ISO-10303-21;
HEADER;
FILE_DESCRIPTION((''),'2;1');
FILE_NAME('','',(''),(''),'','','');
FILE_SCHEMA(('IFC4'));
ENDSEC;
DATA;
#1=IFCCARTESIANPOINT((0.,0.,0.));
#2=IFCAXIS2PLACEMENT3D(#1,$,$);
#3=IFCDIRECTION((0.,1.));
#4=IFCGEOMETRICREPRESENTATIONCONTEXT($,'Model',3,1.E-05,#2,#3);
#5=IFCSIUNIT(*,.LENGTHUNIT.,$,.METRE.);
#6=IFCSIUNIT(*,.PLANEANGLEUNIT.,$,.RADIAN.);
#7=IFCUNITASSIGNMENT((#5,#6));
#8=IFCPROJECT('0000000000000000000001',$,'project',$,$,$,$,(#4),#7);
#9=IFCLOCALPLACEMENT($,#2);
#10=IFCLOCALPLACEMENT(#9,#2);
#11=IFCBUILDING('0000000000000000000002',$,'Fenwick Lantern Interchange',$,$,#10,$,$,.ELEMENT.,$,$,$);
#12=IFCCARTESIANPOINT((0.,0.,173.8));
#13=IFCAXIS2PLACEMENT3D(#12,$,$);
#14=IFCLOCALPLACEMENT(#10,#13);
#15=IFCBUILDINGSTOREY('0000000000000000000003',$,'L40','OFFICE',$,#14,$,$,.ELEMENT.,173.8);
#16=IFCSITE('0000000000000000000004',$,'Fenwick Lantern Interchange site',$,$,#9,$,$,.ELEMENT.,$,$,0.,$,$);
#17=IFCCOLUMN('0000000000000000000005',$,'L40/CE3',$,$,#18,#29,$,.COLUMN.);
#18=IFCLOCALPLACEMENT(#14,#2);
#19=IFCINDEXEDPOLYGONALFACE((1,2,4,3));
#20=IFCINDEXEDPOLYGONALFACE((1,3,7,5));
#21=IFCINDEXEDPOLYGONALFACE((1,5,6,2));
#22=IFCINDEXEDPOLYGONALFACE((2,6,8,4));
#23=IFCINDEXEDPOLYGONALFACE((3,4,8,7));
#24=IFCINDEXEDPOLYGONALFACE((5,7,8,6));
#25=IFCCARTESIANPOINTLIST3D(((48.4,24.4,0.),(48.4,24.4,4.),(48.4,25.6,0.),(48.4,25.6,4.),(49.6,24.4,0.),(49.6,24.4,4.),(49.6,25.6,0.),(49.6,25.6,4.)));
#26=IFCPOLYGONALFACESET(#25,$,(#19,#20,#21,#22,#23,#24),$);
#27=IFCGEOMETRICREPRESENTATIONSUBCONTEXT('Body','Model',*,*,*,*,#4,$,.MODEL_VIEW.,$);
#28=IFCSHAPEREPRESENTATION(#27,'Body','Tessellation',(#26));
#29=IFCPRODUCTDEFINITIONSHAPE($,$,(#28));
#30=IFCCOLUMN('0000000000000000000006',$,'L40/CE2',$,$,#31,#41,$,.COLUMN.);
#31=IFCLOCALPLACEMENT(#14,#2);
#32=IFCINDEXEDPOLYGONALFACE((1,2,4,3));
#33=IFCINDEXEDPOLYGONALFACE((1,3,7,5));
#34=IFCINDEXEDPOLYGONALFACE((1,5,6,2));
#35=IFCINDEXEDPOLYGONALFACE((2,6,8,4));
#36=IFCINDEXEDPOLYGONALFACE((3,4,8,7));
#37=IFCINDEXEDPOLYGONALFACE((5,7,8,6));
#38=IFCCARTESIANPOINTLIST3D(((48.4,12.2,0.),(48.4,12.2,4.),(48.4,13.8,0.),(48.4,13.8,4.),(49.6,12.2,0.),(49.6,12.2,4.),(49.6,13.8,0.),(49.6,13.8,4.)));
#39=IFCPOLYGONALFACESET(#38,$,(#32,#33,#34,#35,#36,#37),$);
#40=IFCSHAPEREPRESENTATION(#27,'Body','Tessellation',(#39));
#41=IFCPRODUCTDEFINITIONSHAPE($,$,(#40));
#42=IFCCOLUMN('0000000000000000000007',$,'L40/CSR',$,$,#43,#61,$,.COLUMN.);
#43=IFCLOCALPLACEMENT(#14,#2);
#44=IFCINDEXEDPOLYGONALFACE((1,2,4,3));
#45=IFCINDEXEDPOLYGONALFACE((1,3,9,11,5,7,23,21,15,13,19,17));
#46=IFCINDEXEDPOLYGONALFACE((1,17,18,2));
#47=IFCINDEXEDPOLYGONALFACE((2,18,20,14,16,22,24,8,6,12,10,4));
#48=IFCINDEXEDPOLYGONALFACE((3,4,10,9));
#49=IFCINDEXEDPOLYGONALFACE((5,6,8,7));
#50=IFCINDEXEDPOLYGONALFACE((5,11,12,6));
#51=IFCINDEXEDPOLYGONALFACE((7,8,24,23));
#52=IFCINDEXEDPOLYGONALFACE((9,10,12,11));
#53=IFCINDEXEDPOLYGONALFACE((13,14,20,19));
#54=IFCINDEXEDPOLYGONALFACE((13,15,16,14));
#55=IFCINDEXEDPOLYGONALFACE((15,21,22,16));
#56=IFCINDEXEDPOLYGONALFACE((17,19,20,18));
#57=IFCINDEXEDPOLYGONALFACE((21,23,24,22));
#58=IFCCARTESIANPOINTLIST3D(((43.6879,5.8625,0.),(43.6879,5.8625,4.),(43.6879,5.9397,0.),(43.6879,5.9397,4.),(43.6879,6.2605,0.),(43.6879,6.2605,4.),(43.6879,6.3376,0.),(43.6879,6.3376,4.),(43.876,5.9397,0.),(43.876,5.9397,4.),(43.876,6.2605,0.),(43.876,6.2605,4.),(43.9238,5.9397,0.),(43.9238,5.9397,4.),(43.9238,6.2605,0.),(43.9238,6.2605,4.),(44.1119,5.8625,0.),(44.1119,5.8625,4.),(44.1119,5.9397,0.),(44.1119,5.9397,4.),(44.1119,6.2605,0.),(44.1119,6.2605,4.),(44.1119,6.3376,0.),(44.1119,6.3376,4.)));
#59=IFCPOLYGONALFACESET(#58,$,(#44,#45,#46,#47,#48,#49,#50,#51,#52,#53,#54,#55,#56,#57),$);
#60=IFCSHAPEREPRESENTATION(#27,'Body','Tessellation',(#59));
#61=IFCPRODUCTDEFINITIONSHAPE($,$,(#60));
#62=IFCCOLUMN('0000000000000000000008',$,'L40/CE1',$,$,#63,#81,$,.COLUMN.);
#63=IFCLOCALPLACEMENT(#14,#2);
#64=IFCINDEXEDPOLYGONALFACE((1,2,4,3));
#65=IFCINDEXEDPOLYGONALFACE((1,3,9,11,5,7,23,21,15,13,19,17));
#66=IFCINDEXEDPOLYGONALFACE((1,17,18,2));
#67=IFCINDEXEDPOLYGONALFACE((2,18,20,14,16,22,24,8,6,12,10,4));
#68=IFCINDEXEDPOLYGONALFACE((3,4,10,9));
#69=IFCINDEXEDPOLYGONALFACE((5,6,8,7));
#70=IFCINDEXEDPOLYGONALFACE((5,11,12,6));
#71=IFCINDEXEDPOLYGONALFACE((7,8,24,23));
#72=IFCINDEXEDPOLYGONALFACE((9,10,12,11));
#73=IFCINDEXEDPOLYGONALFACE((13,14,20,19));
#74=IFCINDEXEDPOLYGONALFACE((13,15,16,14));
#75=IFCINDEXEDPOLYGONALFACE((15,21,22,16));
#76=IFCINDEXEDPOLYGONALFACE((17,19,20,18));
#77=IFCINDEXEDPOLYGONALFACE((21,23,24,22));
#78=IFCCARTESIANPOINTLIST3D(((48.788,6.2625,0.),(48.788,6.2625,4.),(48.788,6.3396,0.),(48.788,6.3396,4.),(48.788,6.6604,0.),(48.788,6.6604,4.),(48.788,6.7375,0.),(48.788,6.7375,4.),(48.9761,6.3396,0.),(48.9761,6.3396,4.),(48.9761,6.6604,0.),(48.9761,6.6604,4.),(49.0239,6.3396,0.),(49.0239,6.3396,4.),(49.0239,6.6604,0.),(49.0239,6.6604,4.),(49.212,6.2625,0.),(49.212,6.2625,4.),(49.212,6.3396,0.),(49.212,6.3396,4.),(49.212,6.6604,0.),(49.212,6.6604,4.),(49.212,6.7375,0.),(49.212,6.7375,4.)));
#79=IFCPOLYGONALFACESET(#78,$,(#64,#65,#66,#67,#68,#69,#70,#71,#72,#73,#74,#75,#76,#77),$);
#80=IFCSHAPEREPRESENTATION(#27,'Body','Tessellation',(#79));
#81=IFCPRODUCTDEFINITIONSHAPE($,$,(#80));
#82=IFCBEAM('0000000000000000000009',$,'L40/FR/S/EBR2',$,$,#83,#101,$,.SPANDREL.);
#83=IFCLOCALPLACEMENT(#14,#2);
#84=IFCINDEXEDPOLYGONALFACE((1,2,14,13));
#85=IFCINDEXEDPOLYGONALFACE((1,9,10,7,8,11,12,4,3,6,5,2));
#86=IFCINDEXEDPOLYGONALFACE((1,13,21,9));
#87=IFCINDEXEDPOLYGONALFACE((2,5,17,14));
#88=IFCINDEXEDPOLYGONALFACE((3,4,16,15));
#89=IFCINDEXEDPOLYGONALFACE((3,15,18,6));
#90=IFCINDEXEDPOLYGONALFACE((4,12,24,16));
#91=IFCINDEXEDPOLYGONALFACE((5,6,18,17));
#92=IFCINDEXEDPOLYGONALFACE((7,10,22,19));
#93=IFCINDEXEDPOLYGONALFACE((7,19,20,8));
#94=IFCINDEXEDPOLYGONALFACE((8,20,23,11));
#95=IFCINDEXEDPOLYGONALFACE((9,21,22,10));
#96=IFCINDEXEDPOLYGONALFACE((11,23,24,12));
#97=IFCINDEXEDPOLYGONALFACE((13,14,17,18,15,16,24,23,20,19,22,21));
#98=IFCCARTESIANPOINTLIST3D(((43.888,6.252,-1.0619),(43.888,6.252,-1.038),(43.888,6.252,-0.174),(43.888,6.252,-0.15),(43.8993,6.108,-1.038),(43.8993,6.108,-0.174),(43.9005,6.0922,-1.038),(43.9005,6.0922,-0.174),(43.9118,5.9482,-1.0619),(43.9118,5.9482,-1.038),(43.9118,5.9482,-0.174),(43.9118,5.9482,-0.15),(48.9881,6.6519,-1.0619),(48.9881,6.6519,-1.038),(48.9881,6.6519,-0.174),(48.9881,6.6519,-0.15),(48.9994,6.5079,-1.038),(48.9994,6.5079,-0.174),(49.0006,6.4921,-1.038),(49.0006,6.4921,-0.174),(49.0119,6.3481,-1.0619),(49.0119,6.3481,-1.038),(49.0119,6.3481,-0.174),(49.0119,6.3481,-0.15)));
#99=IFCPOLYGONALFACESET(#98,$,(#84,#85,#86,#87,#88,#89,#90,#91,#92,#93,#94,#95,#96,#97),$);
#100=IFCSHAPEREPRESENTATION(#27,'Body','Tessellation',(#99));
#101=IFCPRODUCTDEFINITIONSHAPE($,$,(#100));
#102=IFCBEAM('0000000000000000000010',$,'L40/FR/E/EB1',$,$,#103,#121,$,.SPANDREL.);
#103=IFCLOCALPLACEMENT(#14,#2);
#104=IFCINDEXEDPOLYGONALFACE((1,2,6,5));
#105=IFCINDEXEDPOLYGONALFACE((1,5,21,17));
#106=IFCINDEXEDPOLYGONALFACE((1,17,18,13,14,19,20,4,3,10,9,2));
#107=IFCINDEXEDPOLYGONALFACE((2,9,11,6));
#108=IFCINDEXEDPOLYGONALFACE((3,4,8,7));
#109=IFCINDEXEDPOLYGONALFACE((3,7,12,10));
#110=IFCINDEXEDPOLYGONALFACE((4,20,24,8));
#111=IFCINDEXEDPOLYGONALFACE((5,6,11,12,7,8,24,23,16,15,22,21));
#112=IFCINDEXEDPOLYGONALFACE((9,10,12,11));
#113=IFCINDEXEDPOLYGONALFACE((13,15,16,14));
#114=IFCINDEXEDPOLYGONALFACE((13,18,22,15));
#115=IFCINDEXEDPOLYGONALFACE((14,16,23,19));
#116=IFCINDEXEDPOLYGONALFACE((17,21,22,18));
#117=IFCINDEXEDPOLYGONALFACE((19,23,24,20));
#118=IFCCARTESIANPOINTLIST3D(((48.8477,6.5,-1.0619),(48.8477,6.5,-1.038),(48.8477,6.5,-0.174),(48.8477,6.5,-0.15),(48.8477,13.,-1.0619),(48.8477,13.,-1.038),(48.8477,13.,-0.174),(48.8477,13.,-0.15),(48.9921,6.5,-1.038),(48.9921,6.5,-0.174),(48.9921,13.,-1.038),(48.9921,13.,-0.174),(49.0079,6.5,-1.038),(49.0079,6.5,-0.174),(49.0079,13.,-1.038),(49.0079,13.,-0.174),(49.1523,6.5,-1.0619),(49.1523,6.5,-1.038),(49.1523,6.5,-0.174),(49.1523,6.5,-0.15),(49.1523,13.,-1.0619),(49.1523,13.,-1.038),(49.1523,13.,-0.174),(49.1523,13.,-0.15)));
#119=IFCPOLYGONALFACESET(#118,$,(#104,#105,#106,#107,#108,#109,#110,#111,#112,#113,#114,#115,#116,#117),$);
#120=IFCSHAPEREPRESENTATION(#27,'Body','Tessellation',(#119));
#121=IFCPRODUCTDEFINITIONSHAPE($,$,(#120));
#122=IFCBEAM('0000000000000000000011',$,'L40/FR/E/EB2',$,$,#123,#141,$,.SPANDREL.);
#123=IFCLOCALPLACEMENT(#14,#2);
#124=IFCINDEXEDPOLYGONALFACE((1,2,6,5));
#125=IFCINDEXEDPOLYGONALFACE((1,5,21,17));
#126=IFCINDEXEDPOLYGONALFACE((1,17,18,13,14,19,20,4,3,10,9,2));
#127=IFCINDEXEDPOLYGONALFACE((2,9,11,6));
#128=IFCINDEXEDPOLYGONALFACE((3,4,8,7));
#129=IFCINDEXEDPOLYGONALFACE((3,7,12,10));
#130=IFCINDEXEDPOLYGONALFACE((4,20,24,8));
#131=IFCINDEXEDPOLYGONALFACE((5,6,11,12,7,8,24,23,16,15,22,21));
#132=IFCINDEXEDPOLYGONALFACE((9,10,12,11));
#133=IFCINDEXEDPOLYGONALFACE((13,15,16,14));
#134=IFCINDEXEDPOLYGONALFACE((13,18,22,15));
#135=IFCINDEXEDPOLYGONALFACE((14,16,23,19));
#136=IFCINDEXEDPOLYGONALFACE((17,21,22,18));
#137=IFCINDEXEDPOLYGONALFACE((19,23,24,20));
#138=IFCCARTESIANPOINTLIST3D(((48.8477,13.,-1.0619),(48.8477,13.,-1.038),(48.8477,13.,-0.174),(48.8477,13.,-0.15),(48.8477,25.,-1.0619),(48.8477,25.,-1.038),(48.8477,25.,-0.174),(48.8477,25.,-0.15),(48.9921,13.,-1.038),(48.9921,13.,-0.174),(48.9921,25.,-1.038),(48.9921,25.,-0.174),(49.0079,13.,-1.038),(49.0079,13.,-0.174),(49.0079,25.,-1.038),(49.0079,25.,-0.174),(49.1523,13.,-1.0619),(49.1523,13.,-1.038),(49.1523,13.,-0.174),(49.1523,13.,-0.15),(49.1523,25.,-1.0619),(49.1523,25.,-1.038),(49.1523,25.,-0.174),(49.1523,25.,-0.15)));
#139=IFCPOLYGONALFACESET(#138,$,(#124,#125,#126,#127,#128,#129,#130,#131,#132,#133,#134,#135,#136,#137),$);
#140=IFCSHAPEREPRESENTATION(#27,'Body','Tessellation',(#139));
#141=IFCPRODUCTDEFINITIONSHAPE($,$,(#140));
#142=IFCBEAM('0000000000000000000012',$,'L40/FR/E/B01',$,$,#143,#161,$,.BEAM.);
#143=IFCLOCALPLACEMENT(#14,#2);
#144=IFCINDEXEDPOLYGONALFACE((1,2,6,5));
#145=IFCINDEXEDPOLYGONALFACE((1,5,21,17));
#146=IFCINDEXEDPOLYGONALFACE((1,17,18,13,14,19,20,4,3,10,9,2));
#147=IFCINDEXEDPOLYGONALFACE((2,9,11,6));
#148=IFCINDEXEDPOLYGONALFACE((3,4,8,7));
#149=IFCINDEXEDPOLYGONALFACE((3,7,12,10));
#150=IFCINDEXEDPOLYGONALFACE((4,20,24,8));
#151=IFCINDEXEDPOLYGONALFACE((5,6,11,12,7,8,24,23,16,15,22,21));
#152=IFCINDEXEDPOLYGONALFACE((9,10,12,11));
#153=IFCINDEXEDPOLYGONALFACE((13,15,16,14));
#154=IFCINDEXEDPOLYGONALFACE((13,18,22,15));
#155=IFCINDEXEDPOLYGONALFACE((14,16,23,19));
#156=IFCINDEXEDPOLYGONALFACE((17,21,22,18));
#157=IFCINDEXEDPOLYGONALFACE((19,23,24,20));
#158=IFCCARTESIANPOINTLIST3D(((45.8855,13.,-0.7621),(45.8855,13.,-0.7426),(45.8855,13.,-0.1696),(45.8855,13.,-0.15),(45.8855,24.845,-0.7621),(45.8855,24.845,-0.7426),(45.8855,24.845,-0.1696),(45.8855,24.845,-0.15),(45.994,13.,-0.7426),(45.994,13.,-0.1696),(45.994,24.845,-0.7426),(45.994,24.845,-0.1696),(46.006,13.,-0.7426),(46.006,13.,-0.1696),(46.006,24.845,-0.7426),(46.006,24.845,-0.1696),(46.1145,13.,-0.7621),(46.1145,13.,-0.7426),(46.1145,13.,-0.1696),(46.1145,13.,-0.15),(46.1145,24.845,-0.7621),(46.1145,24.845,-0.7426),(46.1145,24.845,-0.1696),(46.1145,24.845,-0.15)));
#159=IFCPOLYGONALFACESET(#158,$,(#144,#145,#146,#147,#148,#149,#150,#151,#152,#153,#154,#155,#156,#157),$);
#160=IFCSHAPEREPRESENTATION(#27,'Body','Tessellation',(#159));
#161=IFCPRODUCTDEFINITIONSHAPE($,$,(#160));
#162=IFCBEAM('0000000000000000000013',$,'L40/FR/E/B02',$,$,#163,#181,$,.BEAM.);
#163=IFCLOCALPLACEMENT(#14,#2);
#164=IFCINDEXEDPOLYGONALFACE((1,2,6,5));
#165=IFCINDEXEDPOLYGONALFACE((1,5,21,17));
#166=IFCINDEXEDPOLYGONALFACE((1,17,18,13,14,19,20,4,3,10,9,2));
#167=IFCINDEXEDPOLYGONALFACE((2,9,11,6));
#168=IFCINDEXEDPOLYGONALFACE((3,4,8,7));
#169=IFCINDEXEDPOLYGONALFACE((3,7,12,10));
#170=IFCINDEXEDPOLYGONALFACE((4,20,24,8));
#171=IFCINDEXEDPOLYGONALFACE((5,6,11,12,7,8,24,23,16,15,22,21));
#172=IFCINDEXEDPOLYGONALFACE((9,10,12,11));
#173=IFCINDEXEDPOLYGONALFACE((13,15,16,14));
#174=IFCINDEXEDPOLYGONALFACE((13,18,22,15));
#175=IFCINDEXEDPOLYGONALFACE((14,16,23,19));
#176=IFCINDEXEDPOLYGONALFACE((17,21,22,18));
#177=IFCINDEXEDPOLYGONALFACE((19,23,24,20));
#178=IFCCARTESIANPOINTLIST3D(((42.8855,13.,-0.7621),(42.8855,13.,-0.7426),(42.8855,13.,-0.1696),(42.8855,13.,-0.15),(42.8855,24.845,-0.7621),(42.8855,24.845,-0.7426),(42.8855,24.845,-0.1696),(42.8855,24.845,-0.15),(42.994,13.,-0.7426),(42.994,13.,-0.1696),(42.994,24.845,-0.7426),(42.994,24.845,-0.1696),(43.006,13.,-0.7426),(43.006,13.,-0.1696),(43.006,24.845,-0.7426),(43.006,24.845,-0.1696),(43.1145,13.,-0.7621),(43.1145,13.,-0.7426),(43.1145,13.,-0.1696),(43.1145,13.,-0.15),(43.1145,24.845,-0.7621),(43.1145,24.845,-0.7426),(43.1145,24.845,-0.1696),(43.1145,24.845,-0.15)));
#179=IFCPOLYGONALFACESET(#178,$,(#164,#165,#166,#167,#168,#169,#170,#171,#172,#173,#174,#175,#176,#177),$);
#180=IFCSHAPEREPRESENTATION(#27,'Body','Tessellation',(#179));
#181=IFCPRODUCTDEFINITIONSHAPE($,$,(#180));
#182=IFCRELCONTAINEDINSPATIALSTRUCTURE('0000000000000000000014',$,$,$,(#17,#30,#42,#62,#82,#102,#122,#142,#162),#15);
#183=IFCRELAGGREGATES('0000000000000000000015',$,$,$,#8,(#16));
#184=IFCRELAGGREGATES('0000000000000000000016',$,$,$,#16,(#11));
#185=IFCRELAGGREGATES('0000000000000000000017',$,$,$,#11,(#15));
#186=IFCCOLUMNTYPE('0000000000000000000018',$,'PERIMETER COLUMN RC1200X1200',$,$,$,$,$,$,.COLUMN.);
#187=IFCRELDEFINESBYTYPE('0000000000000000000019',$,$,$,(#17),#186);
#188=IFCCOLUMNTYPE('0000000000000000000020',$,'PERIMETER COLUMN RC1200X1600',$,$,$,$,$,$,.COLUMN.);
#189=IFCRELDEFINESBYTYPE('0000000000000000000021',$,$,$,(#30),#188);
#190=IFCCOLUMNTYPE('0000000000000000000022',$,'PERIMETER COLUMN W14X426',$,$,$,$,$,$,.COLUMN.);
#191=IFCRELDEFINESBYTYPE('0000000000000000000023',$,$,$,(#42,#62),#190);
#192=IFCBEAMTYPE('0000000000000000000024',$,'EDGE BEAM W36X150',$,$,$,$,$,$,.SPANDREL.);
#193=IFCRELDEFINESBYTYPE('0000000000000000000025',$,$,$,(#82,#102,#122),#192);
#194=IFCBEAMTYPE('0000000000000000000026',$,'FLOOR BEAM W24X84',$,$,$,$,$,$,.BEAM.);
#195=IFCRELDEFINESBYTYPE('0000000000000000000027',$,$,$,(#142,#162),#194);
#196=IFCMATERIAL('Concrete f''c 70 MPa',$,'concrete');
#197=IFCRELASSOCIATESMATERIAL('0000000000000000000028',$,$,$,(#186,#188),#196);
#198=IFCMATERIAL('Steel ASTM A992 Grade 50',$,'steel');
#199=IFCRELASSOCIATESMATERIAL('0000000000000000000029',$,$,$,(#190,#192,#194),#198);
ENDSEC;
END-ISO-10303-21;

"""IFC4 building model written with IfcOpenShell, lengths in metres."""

from ifc_helpers import new_model, si_unit, direction, frame, origin, origin_2d, place, context, subcontext, project, spatial, rectangle, i_section, extrude, material, material_profile, profile_set, type_object, element, save


model = new_model("IFC4")

# Units and contexts
model_context = context("Model", 3, precision=1e-05, world=origin(), true_north=direction((0.0, 1.0)))
body_context = subcontext(model_context, "Body", "Model", "MODEL_VIEW")
ifc_project = project(units=[si_unit("LENGTHUNIT", "METRE"), si_unit("PLANEANGLEUNIT", "RADIAN")], contexts=[model_context])

# Site, building, storey
site_placement = place(None, origin())
site = spatial("IfcSite", under=ifc_project, at=site_placement, Name="Fenwick Lantern Interchange site", CompositionType="ELEMENT", RefElevation=0.0)
building_placement = place(site_placement, origin())
building = spatial("IfcBuilding", under=site, at=building_placement, Name="Fenwick Lantern Interchange", CompositionType="ELEMENT")
storey_placement = place(building_placement, frame((0.0, 0.0, 173.8)))
storey = spatial("IfcBuildingStorey", under=building, at=storey_placement, Name="L40", Description="OFFICE", CompositionType="ELEMENT", Elevation=173.8)

# Columns
ifc_material_1 = material(Name="Concrete f'c 70 MPa", Category="concrete")
ifc_material_profile_1 = material_profile(ifc_material_1, rectangle(XDim=1.2, YDim=1.2, at=origin_2d()), Name="RC1200X1200")
ifc_profile_set_1 = profile_set([ifc_material_profile_1], Name="Concrete f'c 70 MPa")
column_type_1 = type_object("IfcColumnType", Name="PERIMETER COLUMN RC1200X1200", PredefinedType="COLUMN", material=ifc_profile_set_1)
column_1_placement = place(storey_placement, frame((49.0, 25.0, 0.0), z_axis=(0.0, 0.0, 1.0), x_axis=(1.0, 0.0, 0.0)))
element("IfcColumn", 1, at=column_1_placement, inside=storey, type_object=column_type_1, Name="L40/CE3", PredefinedType="COLUMN", context=body_context, shape_type="SweptSolid", body=[
    extrude(rectangle(XDim=1.2, YDim=1.2, at=origin_2d()), origin(), (0.0, 0.0, 1.0), 4.0),
])
ifc_material_profile_2 = material_profile(ifc_material_1, rectangle(XDim=1.2, YDim=1.6001, at=origin_2d()), Name="RC1200X1600")
ifc_profile_set_2 = profile_set([ifc_material_profile_2], Name="Concrete f'c 70 MPa")
column_type_2 = type_object("IfcColumnType", Name="PERIMETER COLUMN RC1200X1600", PredefinedType="COLUMN", material=ifc_profile_set_2)
column_2_placement = place(storey_placement, frame((49.0, 13.0, 0.0), z_axis=(0.0, 0.0, 1.0), x_axis=(1.0, 0.0, 0.0)))
element("IfcColumn", 2, at=column_2_placement, inside=storey, type_object=column_type_2, Name="L40/CE2", PredefinedType="COLUMN", context=body_context, shape_type="SweptSolid", body=[
    extrude(rectangle(XDim=1.2, YDim=1.6001, at=origin_2d()), origin(), (0.0, 0.0, 1.0), 4.0),
])
ifc_material_2 = material(Name="Steel ASTM A992 Grade 50", Category="steel")
ifc_material_profile_3 = material_profile(ifc_material_2, i_section(OverallWidth=0.4241, OverallDepth=0.4751, WebThickness=0.0479, FlangeThickness=0.0771, at=origin_2d()), Name="W14X426")
ifc_profile_set_3 = profile_set([ifc_material_profile_3], Name="Steel ASTM A992 Grade 50")
column_type_3 = type_object("IfcColumnType", Name="PERIMETER COLUMN W14X426", PredefinedType="COLUMN", material=ifc_profile_set_3)
for number, where, z_axis, x_axis, name in (
    (3, (43.8999, 6.1001, 0.0), (0.0, 0.0, 1.0), (1.0, 0.0, 0.0), "L40/CSR"),
    (4, (49.0, 6.5, 0.0), (0.0, 0.0, 1.0), (1.0, 0.0, 0.0), "L40/CE1"),
):
    element("IfcColumn", number, at=place(storey_placement, frame(where, z_axis=z_axis, x_axis=x_axis)), inside=storey, type_object=column_type_3, Name=name, PredefinedType="COLUMN", context=body_context, shape_type="SweptSolid", body=[
        extrude(i_section(OverallWidth=0.4241, OverallDepth=0.4751, WebThickness=0.0479, FlangeThickness=0.0771, at=origin_2d()), origin(), (0.0, 0.0, 1.0), 4.0),
    ])

# Beams
ifc_material_profile_4 = material_profile(ifc_material_2, i_section(OverallWidth=0.3047, OverallDepth=0.9119, WebThickness=0.0159, FlangeThickness=0.0239, at=origin_2d()), Name="W36X150")
ifc_profile_set_4 = profile_set([ifc_material_profile_4], Name="Steel ASTM A992 Grade 50")
beam_type_1 = type_object("IfcBeamType", Name="EDGE BEAM W36X150", PredefinedType="SPANDREL", material=ifc_profile_set_4)
beam_1_placement = place(storey_placement, frame((43.8999, 6.1001, -0.606), z_axis=(0.99694, 0.078171, 0.0), x_axis=(-0.078171, 0.99694, 0.0)))
element("IfcBeam", 5, at=beam_1_placement, inside=storey, type_object=beam_type_1, Name="L40/FR/S/EBR2", PredefinedType="SPANDREL", context=body_context, shape_type="SweptSolid", body=[
    extrude(i_section(OverallWidth=0.3047, OverallDepth=0.9119, WebThickness=0.0159, FlangeThickness=0.0239, at=origin_2d()), origin(), (0.0, 0.0, 1.0), 5.1157),
])
beam_2_placement = place(storey_placement, frame((49.0, 6.5, -0.606), z_axis=(0.0, 1.0, 0.0), x_axis=(-1.0, 0.0, 0.0)))
element("IfcBeam", 6, at=beam_2_placement, inside=storey, type_object=beam_type_1, Name="L40/FR/E/EB1", PredefinedType="SPANDREL", context=body_context, shape_type="SweptSolid", body=[
    extrude(i_section(OverallWidth=0.3047, OverallDepth=0.9119, WebThickness=0.0159, FlangeThickness=0.0239, at=origin_2d()), origin(), (0.0, 0.0, 1.0), 6.5),
])
beam_3_placement = place(storey_placement, frame((49.0, 13.0, -0.606), z_axis=(0.0, 1.0, 0.0), x_axis=(-1.0, 0.0, 0.0)))
element("IfcBeam", 7, at=beam_3_placement, inside=storey, type_object=beam_type_1, Name="L40/FR/E/EB2", PredefinedType="SPANDREL", context=body_context, shape_type="SweptSolid", body=[
    extrude(i_section(OverallWidth=0.3047, OverallDepth=0.9119, WebThickness=0.0159, FlangeThickness=0.0239, at=origin_2d()), origin(), (0.0, 0.0, 1.0), 12.0),
])
ifc_material_profile_5 = material_profile(ifc_material_2, i_section(OverallWidth=0.229, OverallDepth=0.6121, WebThickness=0.012, FlangeThickness=0.0195, at=origin_2d()), Name="W24X84")
ifc_profile_set_5 = profile_set([ifc_material_profile_5], Name="Steel ASTM A992 Grade 50")
beam_type_2 = type_object("IfcBeamType", Name="FLOOR BEAM W24X84", PredefinedType="BEAM", material=ifc_profile_set_5)
for number, where, z_axis, x_axis, name in (
    (8, (46.0, 13.0, -0.4561), (0.0, 1.0, 0.0), (-1.0, 0.0, 0.0), "L40/FR/E/B01"),
    (9, (43.0, 13.0, -0.4561), (0.0, 1.0, 0.0), (-1.0, 0.0, 0.0), "L40/FR/E/B02"),
):
    element("IfcBeam", number, at=place(storey_placement, frame(where, z_axis=z_axis, x_axis=x_axis)), inside=storey, type_object=beam_type_2, Name=name, PredefinedType="BEAM", context=body_context, shape_type="SweptSolid", body=[
        extrude(i_section(OverallWidth=0.229, OverallDepth=0.6121, WebThickness=0.012, FlangeThickness=0.0195, at=origin_2d()), origin(), (0.0, 0.0, 1.0), 11.845),
    ])

save(model, "model.ifc")
